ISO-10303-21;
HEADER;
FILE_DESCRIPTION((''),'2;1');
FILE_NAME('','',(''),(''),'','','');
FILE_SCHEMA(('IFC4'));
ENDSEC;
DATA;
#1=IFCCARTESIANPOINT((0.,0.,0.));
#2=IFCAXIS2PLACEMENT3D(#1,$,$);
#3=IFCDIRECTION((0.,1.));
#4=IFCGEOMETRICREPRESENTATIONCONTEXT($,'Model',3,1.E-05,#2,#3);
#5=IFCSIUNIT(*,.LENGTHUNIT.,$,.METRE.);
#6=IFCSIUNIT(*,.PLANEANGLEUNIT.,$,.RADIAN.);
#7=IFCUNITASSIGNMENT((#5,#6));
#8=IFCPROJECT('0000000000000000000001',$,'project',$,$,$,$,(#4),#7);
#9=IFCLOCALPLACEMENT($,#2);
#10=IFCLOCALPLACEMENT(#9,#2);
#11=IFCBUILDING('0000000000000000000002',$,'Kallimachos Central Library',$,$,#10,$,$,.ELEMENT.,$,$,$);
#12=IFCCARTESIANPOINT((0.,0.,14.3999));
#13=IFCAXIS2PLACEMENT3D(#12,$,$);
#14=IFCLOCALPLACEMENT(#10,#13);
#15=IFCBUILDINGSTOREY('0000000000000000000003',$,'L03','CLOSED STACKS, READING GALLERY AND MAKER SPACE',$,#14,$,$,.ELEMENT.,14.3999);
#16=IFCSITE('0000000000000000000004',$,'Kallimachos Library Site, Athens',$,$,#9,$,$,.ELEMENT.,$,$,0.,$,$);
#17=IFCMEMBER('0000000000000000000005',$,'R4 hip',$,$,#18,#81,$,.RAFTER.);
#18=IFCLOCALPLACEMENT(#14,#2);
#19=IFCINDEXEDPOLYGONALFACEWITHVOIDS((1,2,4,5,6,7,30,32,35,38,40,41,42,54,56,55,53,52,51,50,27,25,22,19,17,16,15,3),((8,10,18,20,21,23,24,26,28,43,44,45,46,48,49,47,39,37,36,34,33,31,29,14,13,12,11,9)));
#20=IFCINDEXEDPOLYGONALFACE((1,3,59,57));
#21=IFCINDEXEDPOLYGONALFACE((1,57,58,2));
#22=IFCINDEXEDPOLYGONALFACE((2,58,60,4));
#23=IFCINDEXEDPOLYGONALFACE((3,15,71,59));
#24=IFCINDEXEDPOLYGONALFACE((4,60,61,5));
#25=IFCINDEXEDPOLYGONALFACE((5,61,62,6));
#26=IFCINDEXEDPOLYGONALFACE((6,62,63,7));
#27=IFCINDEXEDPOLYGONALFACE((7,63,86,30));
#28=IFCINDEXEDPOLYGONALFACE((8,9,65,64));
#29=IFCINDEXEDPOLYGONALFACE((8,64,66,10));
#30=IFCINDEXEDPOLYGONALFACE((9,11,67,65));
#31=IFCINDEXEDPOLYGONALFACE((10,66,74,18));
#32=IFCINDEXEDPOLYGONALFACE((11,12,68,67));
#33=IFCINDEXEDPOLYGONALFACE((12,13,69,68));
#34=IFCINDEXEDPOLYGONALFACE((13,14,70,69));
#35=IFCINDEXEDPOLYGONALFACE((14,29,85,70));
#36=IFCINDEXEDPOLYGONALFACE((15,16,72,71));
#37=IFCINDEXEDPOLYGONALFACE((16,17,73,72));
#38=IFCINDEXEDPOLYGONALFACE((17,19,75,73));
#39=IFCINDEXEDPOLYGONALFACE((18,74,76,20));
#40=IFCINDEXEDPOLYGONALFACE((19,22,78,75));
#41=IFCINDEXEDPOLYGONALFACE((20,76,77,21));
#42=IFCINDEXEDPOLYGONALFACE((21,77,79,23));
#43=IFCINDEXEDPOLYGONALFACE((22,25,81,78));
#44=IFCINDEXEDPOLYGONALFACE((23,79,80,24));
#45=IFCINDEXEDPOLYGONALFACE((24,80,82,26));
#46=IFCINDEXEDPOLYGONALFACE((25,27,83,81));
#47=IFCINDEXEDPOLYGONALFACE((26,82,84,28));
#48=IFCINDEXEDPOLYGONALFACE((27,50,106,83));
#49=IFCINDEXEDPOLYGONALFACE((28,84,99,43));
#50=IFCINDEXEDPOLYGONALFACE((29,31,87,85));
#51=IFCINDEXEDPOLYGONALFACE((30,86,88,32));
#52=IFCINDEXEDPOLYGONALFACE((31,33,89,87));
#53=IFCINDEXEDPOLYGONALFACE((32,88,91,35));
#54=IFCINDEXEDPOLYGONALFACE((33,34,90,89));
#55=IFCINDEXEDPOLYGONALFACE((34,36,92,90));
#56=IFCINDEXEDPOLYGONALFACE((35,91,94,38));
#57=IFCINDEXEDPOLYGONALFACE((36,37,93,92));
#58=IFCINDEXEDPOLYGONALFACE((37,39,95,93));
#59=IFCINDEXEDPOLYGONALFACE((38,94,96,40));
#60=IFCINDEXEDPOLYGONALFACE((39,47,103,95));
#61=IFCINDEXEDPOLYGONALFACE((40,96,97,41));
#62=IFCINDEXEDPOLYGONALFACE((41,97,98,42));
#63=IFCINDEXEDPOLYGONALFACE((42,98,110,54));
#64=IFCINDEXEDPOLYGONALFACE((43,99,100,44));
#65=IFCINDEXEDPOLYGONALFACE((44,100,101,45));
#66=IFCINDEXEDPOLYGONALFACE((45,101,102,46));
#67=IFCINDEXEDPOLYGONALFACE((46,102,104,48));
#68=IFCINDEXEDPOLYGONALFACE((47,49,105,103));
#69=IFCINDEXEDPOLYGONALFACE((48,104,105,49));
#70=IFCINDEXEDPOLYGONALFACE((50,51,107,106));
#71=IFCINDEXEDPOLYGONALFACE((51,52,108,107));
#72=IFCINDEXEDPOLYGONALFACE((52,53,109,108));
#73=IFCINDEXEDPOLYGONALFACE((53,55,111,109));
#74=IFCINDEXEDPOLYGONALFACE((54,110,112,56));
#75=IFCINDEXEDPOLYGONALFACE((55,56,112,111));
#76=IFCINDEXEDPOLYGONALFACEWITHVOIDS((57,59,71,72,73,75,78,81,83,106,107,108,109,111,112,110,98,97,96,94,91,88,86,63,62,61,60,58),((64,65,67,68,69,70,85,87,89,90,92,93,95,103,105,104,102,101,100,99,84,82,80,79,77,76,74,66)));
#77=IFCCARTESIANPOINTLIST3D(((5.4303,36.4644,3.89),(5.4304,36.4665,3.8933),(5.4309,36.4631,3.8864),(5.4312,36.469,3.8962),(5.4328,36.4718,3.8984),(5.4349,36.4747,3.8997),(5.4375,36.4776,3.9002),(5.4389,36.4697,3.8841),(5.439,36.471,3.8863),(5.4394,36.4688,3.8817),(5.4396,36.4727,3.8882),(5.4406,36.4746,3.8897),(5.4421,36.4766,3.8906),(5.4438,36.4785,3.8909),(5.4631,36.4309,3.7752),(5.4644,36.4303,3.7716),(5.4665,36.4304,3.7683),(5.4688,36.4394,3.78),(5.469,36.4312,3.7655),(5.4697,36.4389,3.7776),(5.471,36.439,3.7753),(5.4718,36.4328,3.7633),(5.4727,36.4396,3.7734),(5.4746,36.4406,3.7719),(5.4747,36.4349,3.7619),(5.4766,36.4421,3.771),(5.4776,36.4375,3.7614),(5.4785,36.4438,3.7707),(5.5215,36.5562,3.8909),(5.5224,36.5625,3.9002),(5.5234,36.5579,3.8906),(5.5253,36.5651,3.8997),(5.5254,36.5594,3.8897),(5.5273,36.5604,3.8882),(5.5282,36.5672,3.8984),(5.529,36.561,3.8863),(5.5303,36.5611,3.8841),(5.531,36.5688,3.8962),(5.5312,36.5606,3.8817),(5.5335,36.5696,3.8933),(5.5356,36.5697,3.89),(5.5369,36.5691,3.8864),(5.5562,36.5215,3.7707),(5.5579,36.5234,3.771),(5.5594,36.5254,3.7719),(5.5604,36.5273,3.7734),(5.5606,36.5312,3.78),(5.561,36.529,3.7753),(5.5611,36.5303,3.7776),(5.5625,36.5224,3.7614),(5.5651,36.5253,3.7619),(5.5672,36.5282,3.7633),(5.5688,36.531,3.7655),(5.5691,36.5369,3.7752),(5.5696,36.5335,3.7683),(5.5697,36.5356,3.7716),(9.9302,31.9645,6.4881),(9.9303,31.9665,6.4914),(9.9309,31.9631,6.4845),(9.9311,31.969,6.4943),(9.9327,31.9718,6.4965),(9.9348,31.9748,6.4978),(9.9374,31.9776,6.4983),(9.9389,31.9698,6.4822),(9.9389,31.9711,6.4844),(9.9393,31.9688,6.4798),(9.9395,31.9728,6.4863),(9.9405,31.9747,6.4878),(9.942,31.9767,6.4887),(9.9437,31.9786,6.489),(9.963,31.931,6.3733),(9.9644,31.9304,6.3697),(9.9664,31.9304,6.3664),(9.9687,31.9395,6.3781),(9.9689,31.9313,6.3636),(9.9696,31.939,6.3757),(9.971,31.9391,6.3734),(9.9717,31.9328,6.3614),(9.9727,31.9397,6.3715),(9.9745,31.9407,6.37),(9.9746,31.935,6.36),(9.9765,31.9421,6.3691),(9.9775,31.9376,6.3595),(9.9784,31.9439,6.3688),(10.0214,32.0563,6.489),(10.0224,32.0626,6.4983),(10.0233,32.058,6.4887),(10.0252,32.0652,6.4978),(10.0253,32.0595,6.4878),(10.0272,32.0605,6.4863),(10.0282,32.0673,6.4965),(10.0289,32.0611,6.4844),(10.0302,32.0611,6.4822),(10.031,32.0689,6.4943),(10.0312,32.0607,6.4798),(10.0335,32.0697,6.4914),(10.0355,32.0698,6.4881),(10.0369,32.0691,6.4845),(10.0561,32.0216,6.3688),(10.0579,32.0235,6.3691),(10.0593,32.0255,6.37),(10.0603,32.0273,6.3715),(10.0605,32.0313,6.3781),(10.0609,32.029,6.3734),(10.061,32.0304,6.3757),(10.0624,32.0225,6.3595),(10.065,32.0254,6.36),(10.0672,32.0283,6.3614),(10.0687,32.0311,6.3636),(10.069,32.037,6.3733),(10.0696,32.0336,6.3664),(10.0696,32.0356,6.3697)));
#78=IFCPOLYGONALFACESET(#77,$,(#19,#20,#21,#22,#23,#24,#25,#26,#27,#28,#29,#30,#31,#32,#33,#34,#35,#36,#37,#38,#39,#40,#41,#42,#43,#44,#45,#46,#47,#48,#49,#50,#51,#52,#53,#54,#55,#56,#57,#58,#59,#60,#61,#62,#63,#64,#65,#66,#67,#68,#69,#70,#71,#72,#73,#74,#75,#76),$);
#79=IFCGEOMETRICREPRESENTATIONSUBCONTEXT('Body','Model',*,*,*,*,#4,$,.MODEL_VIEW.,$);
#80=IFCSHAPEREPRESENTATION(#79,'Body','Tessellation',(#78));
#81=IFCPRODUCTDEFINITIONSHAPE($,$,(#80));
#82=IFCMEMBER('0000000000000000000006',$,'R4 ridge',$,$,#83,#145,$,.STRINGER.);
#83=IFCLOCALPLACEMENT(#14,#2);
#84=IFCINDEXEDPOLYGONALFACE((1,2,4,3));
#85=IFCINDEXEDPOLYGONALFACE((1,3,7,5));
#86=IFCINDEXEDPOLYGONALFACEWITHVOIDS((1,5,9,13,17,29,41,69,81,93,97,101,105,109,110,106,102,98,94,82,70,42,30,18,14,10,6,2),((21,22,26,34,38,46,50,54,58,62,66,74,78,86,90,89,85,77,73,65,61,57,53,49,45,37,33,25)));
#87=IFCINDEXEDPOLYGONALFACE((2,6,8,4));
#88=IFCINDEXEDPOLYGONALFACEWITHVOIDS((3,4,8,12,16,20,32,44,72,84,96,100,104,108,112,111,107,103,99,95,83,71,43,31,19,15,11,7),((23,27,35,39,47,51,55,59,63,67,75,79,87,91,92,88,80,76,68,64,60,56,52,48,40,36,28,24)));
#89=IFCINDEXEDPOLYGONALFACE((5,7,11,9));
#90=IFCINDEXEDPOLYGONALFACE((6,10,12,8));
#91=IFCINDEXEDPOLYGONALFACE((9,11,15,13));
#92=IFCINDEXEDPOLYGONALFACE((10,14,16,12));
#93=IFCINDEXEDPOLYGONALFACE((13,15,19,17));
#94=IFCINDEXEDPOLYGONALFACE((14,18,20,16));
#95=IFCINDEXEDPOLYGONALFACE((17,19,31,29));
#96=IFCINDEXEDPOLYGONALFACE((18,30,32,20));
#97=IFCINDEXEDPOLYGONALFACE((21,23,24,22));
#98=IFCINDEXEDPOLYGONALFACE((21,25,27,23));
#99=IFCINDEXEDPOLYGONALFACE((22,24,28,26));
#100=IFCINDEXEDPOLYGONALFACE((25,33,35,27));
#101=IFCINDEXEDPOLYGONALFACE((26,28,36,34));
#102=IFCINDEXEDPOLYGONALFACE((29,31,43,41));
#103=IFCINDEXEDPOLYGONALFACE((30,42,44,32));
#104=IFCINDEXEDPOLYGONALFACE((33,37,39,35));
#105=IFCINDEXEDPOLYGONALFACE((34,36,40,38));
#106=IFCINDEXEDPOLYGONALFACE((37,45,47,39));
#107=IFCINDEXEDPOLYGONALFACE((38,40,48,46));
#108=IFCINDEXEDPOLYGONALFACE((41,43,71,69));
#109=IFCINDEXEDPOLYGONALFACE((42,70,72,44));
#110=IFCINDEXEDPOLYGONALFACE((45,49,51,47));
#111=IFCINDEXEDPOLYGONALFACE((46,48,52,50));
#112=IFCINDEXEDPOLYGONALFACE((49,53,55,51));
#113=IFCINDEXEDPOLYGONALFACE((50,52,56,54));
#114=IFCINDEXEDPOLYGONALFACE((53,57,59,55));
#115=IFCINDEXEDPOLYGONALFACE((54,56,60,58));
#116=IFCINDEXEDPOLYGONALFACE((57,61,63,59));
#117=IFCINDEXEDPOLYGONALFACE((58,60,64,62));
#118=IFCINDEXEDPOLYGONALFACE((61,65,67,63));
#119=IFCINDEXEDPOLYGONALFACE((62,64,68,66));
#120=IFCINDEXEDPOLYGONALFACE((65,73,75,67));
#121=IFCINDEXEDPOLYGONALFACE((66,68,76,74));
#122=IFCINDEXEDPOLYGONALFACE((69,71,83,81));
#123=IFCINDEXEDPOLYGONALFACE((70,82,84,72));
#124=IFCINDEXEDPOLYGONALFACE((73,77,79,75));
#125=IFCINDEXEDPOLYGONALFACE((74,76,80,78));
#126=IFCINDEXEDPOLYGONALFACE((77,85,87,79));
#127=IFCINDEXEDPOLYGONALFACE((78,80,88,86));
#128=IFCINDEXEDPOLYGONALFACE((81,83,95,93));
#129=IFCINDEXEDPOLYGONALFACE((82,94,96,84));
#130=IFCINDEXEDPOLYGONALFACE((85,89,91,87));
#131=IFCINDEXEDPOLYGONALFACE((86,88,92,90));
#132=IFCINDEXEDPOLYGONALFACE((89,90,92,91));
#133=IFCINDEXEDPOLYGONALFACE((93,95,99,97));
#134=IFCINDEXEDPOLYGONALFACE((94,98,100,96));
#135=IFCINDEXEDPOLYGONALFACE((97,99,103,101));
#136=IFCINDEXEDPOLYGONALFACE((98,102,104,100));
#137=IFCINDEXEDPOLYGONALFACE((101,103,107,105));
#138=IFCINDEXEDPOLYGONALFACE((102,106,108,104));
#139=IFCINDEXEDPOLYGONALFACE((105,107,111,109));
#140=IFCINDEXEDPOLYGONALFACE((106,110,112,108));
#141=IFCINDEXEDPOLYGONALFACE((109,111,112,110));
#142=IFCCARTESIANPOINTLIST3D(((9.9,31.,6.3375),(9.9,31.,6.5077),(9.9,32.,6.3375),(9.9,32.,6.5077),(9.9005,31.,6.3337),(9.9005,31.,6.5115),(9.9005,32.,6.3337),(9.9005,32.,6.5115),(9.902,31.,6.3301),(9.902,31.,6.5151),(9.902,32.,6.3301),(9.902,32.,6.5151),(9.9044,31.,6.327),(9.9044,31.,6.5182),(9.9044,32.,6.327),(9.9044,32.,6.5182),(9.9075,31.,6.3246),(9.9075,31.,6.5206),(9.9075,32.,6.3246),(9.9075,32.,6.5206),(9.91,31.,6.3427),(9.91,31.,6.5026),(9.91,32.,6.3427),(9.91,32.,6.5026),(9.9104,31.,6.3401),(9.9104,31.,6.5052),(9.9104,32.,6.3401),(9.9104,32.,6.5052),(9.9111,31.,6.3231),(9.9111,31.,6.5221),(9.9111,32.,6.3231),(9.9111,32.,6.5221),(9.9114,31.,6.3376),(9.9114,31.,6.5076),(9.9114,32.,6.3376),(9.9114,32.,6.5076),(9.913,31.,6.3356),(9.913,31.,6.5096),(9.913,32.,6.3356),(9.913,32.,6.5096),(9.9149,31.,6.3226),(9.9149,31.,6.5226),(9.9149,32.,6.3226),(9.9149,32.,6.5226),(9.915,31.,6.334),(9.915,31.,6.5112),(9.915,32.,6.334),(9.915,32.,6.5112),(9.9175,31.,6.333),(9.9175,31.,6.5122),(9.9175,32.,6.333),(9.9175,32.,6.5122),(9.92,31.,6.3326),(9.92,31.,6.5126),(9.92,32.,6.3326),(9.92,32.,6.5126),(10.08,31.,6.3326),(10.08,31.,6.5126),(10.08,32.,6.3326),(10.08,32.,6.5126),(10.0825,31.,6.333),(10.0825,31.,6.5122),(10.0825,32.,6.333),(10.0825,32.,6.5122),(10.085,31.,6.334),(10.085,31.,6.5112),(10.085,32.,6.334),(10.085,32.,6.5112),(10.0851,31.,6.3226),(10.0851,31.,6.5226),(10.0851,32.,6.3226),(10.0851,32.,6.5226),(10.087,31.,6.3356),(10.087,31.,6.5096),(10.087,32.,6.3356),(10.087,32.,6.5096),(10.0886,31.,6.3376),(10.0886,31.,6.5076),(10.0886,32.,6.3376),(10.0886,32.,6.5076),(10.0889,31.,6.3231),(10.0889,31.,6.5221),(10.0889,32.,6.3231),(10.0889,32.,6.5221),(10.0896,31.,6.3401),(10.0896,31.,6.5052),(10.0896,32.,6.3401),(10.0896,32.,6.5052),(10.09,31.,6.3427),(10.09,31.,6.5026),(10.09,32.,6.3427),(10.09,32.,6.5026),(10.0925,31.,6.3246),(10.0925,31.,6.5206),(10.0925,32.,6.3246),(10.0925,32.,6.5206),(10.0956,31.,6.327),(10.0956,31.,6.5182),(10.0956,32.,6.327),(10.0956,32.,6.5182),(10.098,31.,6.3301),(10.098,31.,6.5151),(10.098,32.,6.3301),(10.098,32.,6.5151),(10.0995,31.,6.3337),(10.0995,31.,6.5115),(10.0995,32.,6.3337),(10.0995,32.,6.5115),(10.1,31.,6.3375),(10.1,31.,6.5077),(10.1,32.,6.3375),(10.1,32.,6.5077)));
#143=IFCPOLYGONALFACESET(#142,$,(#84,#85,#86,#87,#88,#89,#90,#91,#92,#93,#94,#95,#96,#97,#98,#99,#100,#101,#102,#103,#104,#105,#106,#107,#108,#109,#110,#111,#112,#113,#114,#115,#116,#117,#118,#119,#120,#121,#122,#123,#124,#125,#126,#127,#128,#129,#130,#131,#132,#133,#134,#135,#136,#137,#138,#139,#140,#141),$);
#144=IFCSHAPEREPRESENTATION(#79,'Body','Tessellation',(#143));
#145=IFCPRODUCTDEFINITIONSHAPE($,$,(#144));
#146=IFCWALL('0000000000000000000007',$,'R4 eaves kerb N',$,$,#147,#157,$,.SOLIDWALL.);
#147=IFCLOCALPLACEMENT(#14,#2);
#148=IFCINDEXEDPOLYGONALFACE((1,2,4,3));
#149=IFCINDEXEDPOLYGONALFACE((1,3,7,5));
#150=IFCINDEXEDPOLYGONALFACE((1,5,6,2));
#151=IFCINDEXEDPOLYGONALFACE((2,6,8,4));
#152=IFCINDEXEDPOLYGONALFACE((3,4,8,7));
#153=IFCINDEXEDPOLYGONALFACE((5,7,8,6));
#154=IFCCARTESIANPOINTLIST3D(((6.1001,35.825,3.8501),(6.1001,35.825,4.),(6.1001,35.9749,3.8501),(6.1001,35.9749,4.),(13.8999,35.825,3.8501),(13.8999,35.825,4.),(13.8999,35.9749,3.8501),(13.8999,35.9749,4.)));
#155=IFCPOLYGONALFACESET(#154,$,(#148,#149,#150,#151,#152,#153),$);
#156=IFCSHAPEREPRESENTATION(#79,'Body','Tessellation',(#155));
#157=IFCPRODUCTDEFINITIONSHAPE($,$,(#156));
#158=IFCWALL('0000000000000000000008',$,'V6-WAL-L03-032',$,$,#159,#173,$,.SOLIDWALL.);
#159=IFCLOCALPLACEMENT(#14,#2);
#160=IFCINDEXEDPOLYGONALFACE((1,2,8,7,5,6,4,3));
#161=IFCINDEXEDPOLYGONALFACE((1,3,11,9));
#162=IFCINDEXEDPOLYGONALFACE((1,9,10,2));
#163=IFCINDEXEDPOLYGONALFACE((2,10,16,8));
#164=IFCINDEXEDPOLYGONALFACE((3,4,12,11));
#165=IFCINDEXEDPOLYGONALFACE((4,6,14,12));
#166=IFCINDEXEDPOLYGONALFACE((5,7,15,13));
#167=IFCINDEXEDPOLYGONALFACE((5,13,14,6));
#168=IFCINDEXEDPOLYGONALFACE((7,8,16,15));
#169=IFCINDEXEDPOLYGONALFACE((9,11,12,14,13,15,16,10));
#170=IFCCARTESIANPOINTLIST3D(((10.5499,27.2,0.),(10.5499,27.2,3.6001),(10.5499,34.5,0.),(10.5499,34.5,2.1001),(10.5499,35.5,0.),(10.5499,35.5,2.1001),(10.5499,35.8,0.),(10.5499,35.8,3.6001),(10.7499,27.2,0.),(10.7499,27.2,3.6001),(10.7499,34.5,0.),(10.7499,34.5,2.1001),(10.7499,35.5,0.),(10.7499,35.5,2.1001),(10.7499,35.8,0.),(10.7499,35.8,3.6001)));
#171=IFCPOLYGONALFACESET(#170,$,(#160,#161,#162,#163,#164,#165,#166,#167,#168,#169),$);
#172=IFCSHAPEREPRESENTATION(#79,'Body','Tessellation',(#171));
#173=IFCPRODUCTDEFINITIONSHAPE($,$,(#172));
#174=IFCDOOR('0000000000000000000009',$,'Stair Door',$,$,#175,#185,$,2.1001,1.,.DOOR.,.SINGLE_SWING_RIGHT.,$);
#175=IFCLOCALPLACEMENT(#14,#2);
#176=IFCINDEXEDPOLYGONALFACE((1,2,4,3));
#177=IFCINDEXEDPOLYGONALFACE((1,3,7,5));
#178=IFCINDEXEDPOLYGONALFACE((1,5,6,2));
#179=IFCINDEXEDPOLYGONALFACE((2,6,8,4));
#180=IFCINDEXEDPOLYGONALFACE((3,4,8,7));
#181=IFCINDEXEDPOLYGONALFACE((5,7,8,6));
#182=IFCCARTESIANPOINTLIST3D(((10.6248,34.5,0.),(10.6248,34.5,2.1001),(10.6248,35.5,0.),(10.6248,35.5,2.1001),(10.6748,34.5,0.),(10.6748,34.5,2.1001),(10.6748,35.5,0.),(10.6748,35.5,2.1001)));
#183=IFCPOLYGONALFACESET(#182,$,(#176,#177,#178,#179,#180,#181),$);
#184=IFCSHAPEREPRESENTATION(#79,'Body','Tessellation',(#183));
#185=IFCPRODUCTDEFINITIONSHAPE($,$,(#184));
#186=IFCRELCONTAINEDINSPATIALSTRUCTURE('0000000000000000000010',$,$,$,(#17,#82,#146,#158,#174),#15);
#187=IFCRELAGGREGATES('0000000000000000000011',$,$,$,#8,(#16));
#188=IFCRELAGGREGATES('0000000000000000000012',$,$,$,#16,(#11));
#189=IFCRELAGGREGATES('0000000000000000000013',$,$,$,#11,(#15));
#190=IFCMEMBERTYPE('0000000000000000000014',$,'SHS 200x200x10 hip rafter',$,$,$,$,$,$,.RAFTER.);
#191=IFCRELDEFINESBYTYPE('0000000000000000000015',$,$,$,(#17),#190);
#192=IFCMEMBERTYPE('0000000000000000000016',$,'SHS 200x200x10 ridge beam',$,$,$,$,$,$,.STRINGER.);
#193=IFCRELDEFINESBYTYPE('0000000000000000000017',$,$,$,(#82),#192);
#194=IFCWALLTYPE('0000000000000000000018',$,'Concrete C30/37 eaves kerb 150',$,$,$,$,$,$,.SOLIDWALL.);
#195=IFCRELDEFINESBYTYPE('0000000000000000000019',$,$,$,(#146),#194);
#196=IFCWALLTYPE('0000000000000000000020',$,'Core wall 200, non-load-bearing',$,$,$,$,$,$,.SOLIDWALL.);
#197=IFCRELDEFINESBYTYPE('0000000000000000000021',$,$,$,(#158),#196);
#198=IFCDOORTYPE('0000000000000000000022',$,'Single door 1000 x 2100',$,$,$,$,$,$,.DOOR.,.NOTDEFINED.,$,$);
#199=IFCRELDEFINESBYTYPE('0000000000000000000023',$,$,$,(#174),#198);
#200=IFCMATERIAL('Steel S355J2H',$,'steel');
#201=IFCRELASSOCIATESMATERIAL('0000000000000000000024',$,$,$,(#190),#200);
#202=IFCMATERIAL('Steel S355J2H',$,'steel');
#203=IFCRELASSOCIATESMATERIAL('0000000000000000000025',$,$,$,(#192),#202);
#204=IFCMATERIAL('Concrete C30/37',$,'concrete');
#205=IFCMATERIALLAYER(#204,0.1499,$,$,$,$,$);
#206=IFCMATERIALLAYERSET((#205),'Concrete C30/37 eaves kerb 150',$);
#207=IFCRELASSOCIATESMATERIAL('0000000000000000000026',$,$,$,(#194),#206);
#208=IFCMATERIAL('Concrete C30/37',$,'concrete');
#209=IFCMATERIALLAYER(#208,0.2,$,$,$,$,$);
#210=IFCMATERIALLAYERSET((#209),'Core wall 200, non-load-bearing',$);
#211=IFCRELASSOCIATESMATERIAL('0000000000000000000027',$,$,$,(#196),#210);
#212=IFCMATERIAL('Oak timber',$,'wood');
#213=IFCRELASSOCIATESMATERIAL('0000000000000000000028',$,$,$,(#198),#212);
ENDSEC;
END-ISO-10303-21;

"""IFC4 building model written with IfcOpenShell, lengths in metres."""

from ifc_helpers import new_model, si_unit, direction, frame, frame_2d, origin, origin_2d, place, context, subcontext, project, spatial, rectangle, hollow_rectangle, extrude, material, layer, layer_set, material_profile, profile_set, type_object, element, fill, save


model = new_model("IFC4")

# Units and contexts
model_context = context("Model", 3, precision=1e-05, world=origin(), true_north=direction((0.0, 1.0)))
body_context = subcontext(model_context, "Body", "Model", "MODEL_VIEW")
ifc_project = project(units=[si_unit("LENGTHUNIT", "METRE"), si_unit("PLANEANGLEUNIT", "RADIAN")], contexts=[model_context])

# Site, building, storey
site_placement = place(None, origin())
site = spatial("IfcSite", under=ifc_project, at=site_placement, Name="Kallimachos Library Site, Athens", CompositionType="ELEMENT", RefElevation=0.0)
building_placement = place(site_placement, origin())
building = spatial("IfcBuilding", under=site, at=building_placement, Name="Kallimachos Central Library", CompositionType="ELEMENT")
storey_placement = place(building_placement, frame((0.0, 0.0, 14.3999)))
storey = spatial("IfcBuildingStorey", under=building, at=storey_placement, Name="L03", Description="CLOSED STACKS, READING GALLERY AND MAKER SPACE", CompositionType="ELEMENT", Elevation=14.3999)

# Members
ifc_material_1 = material(Name="Steel S355J2H", Category="steel")
ifc_material_profile_1 = material_profile(ifc_material_1, hollow_rectangle(XDim=0.1499, YDim=0.1499, WallThickness=0.01, InnerFilletRadius=0.01, OuterFilletRadius=0.0149, at=origin_2d()), Name="SHS 150x150x10")
ifc_profile_set_1 = profile_set([ifc_material_profile_1], Name="Steel S355J2H")
member_type_1 = type_object("IfcMemberType", Name="SHS 200x200x10 hip rafter", PredefinedType="RAFTER", material=ifc_profile_set_1)
member_1_placement = place(storey_placement, frame((5.5, 36.5, 3.8308), z_axis=(0.654651, -0.654651, 0.377973), x_axis=(0.707107, 0.707107, 0.0)))
element("IfcMember", 1, at=member_1_placement, inside=storey, type_object=member_type_1, Name="R4 hip", PredefinedType="RAFTER", context=body_context, shape_type="SweptSolid", body=[
    extrude(hollow_rectangle(XDim=0.1499, YDim=0.1499, WallThickness=0.01, InnerFilletRadius=0.01, OuterFilletRadius=0.0149, at=origin_2d()), origin(), (0.0, 0.0, 1.0), 6.8738),
])
ifc_material_2 = material(Name="Steel S355J2H", Category="steel")
ifc_material_profile_2 = material_profile(ifc_material_2, hollow_rectangle(XDim=0.2, YDim=0.2, WallThickness=0.01, InnerFilletRadius=0.01, OuterFilletRadius=0.0149, at=origin_2d()), Name="SHS 200x200x10")
ifc_profile_set_2 = profile_set([ifc_material_profile_2], Name="Steel S355J2H")
member_type_2 = type_object("IfcMemberType", Name="SHS 200x200x10 ridge beam", PredefinedType="STRINGER", material=ifc_profile_set_2)
member_2_placement = place(storey_placement, frame((10.0, 31.0, 6.4226), z_axis=(0.0, 1.0, 0.0), x_axis=(-1.0, 0.0, 0.0)))
element("IfcMember", 2, at=member_2_placement, inside=storey, type_object=member_type_2, Name="R4 ridge", PredefinedType="STRINGER", context=body_context, shape_type="SweptSolid", body=[
    extrude(hollow_rectangle(XDim=0.2, YDim=0.2, WallThickness=0.01, InnerFilletRadius=0.01, OuterFilletRadius=0.0149, at=origin_2d()), origin(), (0.0, 0.0, 1.0), 1.0),
])

# Wall
ifc_material_3 = material(Name="Concrete C30/37", Category="concrete")
ifc_layer_1 = layer(ifc_material_3, 0.1499)
ifc_layer_set_1 = layer_set([ifc_layer_1], Name="Concrete C30/37 eaves kerb 150")
wall_type_1 = type_object("IfcWallType", Name="Concrete C30/37 eaves kerb 150", PredefinedType="SOLIDWALL", material=ifc_layer_set_1)
wall_1_placement = place(storey_placement, frame((6.1001, 35.8999, 3.8501), z_axis=(0.0, 0.0, 1.0), x_axis=(1.0, 0.0, 0.0)))
element("IfcWall", 3, at=wall_1_placement, inside=storey, type_object=wall_type_1, Name="R4 eaves kerb N", PredefinedType="SOLIDWALL", context=body_context, shape_type="SweptSolid", body=[
    extrude(rectangle(XDim=7.7998, YDim=0.1499, at=frame_2d((3.8999, 0.0))), origin(), (0.0, 0.0, 1.0), 0.1499),
])

# Wall, opening, door
ifc_material_4 = material(Name="Concrete C30/37", Category="concrete")
ifc_layer_2 = layer(ifc_material_4, 0.2)
ifc_layer_set_2 = layer_set([ifc_layer_2], Name="Core wall 200, non-load-bearing")
wall_type_2 = type_object("IfcWallType", Name="Core wall 200, non-load-bearing", PredefinedType="SOLIDWALL", material=ifc_layer_set_2)
wall_2_placement = place(storey_placement, frame((10.6499, 27.2, 0.0), z_axis=(0.0, 0.0, 1.0), x_axis=(0.0, 1.0, 0.0)))
wall_2 = element("IfcWall", 4, at=wall_2_placement, inside=storey, type_object=wall_type_2, Name="V6-WAL-L03-032", PredefinedType="SOLIDWALL", context=body_context, shape_type="SweptSolid", body=[
    extrude(rectangle(XDim=8.6001, YDim=0.2, at=frame_2d((4.3, 0.0))), origin(), (0.0, 0.0, 1.0), 3.6001),
])
opening_placement = place(wall_2_placement, frame((7.3, 0.0, 0.0)))
opening = element("IfcOpeningElement", 5, at=opening_placement, cuts=wall_2, PredefinedType="OPENING", context=body_context, shape_type="SweptSolid", body=[
    extrude(rectangle(XDim=1.0, YDim=2.1001, at=frame_2d((0.5, 1.05))), frame((0.0, 0.1099, 0.0), z_axis=(0.0, -1.0, 0.0), x_axis=(1.0, 0.0, 0.0)), (0.0, 0.0, 1.0), 0.22),
])
ifc_material_5 = material(Name="Oak timber", Category="wood")
door_type = type_object("IfcDoorType", Name="Single door 1000 x 2100", OperationType="NOTDEFINED", PredefinedType="DOOR", material=ifc_material_5)
door_placement = place(opening_placement, frame((1.0, 0.0, 0.0), z_axis=(0.0, 0.0, 1.0), x_axis=(-1.0, 0.0, 0.0)))
door = element("IfcDoor", 6, at=door_placement, inside=storey, type_object=door_type, Name="Stair Door", OperationType="SINGLE_SWING_RIGHT", OverallHeight=2.1001, OverallWidth=1.0, PredefinedType="DOOR", context=body_context, shape_type="SweptSolid", body=[
    extrude(rectangle(XDim=1.0, YDim=2.1001, at=frame_2d((0.5, 1.05))), frame((0.0, 0.0249, 0.0), z_axis=(0.0, -1.0, 0.0), x_axis=(1.0, 0.0, 0.0)), (0.0, 0.0, 1.0), 0.05),
])
fill(opening, door)

save(model, "model.ifc")
